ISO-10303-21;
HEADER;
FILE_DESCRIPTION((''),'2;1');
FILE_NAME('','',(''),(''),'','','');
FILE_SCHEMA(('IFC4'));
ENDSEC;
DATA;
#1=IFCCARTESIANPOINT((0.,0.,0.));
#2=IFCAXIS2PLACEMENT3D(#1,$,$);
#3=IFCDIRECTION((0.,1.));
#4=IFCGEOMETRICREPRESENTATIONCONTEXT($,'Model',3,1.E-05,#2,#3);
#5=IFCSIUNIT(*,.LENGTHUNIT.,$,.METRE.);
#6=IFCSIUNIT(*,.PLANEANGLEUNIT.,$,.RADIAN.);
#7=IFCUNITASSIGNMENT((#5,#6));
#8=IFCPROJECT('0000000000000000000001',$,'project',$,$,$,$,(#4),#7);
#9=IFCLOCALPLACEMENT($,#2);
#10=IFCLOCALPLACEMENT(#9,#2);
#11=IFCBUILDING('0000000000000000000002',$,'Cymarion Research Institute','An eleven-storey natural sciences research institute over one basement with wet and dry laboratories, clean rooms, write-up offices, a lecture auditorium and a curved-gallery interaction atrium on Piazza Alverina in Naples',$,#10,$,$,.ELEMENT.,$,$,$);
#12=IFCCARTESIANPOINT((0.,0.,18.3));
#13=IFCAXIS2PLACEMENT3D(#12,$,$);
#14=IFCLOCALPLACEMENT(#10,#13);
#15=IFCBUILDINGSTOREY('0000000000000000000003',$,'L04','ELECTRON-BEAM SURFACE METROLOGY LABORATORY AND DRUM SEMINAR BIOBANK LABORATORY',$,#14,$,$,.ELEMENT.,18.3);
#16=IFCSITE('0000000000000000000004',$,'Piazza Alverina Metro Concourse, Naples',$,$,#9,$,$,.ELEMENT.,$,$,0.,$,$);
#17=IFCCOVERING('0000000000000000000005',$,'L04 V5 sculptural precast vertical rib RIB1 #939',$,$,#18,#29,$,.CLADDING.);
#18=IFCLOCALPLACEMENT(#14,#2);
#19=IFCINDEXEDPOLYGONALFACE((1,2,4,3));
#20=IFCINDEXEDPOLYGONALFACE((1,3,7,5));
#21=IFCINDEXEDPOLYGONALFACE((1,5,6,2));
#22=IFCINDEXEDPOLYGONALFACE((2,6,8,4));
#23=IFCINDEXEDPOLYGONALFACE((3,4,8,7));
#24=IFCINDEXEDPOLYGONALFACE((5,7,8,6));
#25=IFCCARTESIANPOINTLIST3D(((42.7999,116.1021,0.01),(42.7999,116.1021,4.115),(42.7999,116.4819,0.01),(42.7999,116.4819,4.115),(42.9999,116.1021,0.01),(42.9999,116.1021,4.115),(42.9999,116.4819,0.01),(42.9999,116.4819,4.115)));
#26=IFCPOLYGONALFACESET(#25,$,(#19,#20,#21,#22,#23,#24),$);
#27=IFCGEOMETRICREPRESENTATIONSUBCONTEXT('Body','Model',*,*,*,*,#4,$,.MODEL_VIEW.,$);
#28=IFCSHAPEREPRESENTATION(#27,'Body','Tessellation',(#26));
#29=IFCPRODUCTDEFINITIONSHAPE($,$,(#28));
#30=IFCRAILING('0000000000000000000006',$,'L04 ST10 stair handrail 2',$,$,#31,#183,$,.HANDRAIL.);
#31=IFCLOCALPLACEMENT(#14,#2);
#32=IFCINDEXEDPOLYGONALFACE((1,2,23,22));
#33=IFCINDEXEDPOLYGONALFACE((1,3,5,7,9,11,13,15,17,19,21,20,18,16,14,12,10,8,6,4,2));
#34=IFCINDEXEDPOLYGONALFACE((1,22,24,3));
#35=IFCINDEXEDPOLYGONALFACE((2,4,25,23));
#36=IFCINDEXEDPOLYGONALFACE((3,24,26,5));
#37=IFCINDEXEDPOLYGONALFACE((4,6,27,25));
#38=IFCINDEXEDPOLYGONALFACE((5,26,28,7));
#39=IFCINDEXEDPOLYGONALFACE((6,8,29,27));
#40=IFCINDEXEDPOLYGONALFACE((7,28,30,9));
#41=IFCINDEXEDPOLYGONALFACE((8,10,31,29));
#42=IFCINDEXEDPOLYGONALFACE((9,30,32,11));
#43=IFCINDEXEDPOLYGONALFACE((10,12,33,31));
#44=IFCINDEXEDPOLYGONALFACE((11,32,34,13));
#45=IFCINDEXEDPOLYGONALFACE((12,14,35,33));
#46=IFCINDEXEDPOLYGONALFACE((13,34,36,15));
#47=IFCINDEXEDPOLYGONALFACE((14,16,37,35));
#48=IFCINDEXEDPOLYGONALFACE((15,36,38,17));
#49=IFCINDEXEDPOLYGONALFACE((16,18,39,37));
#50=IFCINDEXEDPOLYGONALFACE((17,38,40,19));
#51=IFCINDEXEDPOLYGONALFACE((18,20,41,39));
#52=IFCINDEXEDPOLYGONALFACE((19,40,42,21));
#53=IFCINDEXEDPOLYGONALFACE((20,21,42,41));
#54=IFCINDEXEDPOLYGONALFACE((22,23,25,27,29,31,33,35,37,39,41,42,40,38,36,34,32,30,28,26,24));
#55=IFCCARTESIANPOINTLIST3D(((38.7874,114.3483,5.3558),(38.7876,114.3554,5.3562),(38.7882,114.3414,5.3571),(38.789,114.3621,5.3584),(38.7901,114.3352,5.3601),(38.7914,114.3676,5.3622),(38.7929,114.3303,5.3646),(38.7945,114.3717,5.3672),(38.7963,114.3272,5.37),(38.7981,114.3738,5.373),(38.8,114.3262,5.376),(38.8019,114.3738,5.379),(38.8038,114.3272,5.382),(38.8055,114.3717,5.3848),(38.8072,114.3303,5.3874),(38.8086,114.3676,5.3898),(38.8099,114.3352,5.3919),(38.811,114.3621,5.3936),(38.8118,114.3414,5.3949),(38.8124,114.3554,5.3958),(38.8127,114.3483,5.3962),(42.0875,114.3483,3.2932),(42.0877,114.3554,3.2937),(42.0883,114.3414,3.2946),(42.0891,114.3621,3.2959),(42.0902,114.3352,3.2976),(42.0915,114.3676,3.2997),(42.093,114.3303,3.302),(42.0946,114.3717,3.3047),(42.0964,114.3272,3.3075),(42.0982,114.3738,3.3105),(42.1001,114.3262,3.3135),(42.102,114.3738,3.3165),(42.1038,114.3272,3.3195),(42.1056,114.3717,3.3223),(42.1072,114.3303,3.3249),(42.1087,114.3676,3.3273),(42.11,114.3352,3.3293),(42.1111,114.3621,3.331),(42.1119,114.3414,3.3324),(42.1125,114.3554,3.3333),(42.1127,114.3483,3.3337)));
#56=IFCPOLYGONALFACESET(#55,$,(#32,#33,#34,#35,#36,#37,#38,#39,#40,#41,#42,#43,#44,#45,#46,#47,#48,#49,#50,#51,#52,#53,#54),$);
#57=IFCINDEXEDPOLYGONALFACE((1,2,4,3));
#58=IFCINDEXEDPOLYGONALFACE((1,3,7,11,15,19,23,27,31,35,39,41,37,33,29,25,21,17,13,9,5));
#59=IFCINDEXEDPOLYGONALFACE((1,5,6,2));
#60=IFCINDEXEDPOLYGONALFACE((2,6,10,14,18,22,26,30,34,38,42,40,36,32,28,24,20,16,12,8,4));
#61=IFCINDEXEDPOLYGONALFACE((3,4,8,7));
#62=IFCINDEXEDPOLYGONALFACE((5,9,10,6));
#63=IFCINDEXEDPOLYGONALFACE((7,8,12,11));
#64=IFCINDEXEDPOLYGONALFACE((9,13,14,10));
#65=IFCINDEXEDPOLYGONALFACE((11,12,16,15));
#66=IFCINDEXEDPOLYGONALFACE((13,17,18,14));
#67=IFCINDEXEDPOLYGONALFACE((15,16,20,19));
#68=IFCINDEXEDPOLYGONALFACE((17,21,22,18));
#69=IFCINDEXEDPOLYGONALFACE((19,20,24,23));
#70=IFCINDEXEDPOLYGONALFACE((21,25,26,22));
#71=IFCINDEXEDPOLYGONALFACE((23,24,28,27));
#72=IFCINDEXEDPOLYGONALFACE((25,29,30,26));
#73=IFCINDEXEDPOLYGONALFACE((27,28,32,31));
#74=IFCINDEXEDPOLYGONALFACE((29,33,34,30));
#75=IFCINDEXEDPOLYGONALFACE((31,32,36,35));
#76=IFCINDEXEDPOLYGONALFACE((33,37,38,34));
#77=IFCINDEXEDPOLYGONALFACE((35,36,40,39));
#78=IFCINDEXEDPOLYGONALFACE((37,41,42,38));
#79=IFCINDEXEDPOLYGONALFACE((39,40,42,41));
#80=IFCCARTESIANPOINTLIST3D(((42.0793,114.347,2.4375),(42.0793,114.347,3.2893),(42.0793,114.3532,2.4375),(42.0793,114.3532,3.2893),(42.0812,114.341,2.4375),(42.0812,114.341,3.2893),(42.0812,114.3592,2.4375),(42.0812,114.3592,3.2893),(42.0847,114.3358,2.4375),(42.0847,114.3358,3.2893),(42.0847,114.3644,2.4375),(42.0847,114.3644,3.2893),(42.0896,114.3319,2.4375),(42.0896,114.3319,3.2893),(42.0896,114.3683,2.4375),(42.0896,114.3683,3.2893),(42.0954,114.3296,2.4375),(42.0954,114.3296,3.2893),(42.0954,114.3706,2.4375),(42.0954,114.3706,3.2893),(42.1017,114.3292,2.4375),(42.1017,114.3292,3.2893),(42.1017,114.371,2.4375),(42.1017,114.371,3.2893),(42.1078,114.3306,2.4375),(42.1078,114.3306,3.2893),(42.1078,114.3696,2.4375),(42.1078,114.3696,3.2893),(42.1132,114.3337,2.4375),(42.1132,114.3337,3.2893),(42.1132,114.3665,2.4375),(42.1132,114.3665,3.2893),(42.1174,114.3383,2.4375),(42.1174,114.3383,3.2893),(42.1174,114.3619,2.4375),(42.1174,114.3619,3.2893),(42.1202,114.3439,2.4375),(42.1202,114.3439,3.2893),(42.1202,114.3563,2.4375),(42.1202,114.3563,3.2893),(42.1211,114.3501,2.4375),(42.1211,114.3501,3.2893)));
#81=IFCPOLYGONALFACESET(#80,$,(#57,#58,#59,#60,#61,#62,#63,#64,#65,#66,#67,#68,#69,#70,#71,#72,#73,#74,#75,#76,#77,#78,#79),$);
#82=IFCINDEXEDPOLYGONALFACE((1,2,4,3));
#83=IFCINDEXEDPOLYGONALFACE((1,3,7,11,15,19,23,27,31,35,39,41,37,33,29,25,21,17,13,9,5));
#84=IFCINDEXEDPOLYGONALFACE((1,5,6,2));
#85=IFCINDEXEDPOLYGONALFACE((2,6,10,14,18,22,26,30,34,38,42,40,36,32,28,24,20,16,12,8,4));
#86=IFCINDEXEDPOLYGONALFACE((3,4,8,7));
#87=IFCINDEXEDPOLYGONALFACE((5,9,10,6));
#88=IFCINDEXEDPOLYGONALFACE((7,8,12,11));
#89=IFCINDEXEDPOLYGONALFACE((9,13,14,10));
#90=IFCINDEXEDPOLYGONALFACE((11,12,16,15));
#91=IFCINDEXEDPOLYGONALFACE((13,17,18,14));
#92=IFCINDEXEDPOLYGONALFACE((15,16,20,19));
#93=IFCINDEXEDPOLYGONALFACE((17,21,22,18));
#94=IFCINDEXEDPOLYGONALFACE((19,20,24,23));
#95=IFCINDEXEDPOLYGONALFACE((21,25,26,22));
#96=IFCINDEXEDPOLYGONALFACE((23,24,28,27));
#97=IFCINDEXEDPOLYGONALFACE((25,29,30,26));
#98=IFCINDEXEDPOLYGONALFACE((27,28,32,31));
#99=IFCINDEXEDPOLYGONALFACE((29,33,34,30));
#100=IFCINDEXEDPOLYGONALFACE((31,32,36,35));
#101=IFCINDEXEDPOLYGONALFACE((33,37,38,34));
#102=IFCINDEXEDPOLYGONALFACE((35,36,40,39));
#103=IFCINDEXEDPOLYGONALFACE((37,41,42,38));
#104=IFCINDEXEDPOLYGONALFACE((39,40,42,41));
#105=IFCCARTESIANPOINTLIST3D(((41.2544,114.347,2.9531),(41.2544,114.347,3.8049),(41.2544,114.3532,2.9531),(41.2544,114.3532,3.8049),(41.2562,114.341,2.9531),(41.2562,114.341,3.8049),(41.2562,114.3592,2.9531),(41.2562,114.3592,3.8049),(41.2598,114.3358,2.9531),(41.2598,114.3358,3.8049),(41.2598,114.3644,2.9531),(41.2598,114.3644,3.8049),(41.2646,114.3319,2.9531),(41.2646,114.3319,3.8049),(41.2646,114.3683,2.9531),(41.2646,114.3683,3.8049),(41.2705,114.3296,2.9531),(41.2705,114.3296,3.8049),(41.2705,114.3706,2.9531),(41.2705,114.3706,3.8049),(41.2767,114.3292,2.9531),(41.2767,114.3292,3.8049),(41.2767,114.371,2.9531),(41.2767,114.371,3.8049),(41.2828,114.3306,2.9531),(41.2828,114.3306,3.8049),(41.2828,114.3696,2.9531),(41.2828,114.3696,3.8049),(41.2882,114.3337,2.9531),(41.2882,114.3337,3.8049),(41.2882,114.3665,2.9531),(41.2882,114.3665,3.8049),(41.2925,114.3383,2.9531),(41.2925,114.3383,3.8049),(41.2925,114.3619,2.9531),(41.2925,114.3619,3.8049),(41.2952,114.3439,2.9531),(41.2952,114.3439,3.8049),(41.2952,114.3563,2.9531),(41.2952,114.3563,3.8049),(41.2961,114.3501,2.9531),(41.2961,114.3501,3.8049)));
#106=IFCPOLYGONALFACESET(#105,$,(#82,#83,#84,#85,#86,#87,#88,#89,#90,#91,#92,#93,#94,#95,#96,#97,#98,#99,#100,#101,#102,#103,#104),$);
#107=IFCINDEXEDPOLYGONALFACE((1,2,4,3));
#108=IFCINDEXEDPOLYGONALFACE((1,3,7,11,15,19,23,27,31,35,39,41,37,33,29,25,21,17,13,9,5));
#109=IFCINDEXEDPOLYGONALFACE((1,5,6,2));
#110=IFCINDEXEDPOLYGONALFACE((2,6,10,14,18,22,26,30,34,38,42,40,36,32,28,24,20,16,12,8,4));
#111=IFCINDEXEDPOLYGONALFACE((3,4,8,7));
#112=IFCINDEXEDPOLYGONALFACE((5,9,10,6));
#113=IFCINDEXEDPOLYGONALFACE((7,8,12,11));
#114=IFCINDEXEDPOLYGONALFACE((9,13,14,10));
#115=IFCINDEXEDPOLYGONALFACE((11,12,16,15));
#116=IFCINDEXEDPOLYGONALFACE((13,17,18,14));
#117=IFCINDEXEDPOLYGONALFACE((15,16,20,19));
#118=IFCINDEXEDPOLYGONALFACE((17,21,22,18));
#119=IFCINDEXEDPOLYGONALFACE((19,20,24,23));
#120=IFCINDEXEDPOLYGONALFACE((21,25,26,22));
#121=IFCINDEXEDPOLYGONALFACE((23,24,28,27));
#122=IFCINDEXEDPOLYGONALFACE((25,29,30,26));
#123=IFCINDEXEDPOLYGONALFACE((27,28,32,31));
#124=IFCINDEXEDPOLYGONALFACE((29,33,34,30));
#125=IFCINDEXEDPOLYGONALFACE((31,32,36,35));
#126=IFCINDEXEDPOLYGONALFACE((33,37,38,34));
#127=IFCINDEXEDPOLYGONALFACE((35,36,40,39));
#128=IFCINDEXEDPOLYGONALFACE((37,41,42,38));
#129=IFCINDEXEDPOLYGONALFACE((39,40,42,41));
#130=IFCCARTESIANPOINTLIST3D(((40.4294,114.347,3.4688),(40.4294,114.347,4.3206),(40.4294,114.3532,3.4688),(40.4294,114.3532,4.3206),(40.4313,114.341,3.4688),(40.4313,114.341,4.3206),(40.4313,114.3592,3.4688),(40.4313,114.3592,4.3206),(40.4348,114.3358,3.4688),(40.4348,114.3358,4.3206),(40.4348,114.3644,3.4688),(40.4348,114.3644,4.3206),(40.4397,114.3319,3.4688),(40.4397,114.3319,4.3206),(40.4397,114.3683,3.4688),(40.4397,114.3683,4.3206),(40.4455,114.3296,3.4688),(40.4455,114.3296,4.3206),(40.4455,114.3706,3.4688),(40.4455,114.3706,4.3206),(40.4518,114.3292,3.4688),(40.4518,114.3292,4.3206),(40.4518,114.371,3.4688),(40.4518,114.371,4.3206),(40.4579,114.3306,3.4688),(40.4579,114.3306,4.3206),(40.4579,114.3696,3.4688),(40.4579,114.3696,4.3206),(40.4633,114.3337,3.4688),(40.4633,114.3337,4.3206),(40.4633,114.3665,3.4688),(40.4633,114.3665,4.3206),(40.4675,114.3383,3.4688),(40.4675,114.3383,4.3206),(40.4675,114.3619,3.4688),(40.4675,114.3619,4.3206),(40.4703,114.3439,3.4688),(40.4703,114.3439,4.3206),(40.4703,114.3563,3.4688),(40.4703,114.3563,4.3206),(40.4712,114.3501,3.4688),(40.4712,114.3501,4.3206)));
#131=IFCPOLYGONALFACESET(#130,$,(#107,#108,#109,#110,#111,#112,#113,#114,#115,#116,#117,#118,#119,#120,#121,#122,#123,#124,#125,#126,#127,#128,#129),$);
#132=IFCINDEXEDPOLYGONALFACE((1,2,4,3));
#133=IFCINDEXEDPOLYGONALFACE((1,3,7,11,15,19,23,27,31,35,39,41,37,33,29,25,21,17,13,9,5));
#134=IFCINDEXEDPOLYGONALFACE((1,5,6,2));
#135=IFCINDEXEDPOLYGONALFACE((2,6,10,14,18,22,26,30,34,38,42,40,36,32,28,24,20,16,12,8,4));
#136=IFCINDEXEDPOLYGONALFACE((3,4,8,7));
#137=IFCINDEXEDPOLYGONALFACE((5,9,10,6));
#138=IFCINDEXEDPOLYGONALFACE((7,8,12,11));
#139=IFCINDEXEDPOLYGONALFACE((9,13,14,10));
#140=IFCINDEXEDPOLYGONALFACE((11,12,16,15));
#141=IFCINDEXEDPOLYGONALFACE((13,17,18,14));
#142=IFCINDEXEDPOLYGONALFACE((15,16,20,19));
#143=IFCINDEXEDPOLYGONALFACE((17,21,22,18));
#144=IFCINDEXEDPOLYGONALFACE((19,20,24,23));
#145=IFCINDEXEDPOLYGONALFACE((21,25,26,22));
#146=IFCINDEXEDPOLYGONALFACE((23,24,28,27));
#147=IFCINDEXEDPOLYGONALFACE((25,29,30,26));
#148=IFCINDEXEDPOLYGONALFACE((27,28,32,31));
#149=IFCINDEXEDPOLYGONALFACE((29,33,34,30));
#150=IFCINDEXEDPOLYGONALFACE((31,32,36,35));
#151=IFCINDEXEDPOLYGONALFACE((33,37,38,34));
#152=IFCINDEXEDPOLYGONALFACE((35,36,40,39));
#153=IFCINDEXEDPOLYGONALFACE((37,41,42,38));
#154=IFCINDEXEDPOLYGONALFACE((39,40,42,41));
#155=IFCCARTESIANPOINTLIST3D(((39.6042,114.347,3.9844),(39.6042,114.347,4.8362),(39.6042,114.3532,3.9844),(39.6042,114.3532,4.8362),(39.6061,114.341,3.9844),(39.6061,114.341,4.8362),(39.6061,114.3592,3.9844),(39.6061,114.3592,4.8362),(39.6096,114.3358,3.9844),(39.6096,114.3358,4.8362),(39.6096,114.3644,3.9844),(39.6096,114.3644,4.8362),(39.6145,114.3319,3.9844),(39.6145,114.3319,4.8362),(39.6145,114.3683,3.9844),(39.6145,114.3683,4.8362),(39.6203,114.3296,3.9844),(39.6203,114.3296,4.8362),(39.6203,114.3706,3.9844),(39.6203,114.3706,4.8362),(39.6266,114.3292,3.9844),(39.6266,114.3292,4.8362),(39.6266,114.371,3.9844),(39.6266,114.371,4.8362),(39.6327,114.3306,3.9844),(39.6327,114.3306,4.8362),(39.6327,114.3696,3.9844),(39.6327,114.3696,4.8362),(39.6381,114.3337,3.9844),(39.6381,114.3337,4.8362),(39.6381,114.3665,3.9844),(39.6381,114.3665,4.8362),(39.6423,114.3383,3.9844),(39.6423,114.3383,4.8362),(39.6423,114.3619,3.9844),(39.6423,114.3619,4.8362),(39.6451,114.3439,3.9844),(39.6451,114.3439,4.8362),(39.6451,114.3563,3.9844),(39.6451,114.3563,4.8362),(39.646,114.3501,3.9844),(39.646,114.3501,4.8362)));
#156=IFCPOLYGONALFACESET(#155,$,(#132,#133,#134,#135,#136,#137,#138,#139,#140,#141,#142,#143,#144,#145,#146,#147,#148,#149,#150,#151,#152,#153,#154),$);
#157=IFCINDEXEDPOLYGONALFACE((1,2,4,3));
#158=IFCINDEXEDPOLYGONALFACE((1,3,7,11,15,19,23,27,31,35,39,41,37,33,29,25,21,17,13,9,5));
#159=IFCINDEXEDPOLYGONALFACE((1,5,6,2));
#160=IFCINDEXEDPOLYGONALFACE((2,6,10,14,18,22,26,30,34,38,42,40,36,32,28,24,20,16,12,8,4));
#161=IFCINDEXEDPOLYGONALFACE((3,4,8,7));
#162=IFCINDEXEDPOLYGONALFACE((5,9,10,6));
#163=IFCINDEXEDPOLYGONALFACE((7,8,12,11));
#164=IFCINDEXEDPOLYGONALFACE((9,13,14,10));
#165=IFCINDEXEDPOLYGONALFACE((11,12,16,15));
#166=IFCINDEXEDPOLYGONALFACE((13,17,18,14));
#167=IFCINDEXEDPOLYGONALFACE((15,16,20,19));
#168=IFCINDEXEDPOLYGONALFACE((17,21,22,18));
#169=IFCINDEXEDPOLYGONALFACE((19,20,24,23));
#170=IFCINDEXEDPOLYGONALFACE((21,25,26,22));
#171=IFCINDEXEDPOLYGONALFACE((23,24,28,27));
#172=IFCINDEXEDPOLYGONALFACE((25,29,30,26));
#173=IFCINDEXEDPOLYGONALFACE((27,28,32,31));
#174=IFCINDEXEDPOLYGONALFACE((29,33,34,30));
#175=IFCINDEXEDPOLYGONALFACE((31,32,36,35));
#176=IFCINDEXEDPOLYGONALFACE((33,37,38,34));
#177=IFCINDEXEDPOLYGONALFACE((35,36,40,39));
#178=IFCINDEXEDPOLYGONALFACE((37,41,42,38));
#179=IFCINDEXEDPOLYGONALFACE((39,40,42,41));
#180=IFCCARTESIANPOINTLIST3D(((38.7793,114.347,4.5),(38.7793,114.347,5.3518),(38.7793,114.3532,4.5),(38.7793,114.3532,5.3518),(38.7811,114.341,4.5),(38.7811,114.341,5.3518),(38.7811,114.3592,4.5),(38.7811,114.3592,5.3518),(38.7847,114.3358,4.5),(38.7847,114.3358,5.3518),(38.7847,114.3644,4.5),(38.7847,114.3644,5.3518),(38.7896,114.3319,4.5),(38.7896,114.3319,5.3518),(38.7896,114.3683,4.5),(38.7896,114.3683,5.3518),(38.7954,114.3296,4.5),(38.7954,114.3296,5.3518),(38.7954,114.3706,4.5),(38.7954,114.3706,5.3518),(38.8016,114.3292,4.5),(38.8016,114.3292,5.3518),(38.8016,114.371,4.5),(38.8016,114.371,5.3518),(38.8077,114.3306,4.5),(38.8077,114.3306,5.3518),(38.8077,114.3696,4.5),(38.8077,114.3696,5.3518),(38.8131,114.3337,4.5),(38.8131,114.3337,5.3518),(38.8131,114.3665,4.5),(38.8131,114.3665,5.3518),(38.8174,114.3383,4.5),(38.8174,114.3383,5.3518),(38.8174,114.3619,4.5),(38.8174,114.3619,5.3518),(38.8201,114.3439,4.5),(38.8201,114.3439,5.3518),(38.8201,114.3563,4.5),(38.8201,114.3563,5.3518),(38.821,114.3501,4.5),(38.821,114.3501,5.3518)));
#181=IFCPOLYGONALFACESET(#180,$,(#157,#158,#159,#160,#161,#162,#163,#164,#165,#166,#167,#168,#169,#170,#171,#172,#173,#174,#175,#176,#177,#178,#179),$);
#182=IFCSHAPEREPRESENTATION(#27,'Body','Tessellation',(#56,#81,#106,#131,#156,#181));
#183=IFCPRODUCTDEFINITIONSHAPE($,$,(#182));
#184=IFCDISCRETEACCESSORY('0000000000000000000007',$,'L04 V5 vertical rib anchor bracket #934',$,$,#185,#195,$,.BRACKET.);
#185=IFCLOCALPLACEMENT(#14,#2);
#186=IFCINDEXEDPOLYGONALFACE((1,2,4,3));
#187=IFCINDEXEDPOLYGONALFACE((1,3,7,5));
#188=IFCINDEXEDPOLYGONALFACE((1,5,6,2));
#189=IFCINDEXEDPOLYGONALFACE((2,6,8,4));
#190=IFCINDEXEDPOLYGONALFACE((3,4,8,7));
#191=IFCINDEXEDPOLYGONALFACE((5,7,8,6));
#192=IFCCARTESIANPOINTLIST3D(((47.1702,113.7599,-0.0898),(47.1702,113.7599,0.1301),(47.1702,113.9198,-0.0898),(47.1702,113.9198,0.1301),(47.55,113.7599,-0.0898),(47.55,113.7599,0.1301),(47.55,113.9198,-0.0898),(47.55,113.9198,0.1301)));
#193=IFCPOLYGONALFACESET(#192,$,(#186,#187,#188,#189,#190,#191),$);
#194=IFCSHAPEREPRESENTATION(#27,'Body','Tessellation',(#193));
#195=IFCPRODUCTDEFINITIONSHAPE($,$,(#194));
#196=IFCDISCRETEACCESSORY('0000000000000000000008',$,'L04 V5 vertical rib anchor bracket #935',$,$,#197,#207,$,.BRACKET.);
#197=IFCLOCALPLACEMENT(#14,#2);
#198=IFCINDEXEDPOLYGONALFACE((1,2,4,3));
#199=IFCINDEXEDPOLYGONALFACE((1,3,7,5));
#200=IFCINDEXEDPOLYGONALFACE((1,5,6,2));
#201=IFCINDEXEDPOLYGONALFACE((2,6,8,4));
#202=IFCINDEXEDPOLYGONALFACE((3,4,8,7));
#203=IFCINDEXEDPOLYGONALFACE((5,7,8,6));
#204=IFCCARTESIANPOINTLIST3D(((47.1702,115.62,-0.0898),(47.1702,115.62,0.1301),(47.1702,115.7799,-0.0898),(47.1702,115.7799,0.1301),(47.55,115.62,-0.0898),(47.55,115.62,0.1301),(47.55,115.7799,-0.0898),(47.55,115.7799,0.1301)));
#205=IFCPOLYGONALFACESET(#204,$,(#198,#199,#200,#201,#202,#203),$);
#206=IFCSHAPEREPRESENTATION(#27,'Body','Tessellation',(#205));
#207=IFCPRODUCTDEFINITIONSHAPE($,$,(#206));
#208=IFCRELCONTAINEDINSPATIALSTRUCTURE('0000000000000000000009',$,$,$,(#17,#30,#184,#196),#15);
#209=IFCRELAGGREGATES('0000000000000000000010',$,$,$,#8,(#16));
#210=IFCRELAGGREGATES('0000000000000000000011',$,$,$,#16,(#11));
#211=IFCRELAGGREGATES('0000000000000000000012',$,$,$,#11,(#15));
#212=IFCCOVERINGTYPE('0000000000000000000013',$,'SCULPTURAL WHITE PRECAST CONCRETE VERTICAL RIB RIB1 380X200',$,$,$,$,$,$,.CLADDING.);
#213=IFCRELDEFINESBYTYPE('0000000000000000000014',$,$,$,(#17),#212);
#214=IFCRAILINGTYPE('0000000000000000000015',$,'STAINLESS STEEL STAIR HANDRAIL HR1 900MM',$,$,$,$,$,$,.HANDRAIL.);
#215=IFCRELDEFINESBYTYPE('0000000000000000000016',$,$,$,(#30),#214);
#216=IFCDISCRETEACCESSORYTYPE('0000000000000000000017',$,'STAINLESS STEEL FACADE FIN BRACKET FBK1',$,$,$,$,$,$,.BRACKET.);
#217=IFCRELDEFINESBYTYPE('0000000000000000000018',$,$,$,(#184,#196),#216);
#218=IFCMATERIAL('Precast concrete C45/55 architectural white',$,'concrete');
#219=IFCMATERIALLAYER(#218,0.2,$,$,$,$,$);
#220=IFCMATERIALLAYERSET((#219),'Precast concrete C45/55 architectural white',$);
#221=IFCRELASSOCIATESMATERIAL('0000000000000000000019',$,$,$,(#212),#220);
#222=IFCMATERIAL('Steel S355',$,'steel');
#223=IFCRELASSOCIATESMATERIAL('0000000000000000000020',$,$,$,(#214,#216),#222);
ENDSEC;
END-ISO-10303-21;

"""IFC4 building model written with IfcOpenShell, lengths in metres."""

from ifc_helpers import new_model, si_unit, direction, frame, origin, origin_2d, place, context, subcontext, project, spatial, rectangle, circle, extrude, material, layer, layer_set, type_object, element, save


model = new_model("IFC4")

# Units and contexts
model_context = context("Model", 3, precision=1e-05, world=origin(), true_north=direction((0.0, 1.0)))
body_context = subcontext(model_context, "Body", "Model", "MODEL_VIEW")
ifc_project = project(units=[si_unit("LENGTHUNIT", "METRE"), si_unit("PLANEANGLEUNIT", "RADIAN")], contexts=[model_context])

# Site, building, storey
site_placement = place(None, origin())
site = spatial("IfcSite", under=ifc_project, at=site_placement, Name="Piazza Alverina Metro Concourse, Naples", CompositionType="ELEMENT", RefElevation=0.0)
building_placement = place(site_placement, origin())
building = spatial("IfcBuilding", under=site, at=building_placement, Name="Cymarion Research Institute", Description="An eleven-storey natural sciences research institute over one basement with wet and dry laboratories, clean rooms, write-up offices, a lecture auditorium and a curved-gallery interaction atrium on Piazza Alverina in Naples", CompositionType="ELEMENT")
storey_placement = place(building_placement, frame((0.0, 0.0, 18.3)))
storey = spatial("IfcBuildingStorey", under=building, at=storey_placement, Name="L04", Description="ELECTRON-BEAM SURFACE METROLOGY LABORATORY AND DRUM SEMINAR BIOBANK LABORATORY", CompositionType="ELEMENT", Elevation=18.3)

# Shared definitions
ifc_material_1 = material(Name="Steel S355", Category="steel")

# Covering
ifc_material_2 = material(Name="Precast concrete C45/55 architectural white", Category="concrete")
ifc_layer_1 = layer(ifc_material_2, 0.2)
ifc_layer_set_1 = layer_set([ifc_layer_1], Name="Precast concrete C45/55 architectural white")
covering_type = type_object("IfcCoveringType", Name="SCULPTURAL WHITE PRECAST CONCRETE VERTICAL RIB RIB1 380X200", PredefinedType="CLADDING", material=ifc_layer_set_1)
for number, where, z_axis, x_axis, name in (
    (1, (42.8999, 116.292, 0.01), (0.0, 0.0, 1.0), (0.0, 1.0, 0.0), "L04 V5 sculptural precast vertical rib RIB1 #939"),
):
    element("IfcCovering", number, at=place(storey_placement, frame(where, z_axis=z_axis, x_axis=x_axis)), inside=storey, type_object=covering_type, Name=name, PredefinedType="CLADDING", context=body_context, shape_type="SweptSolid", body=[
        extrude(rectangle(XDim=0.3799, YDim=0.2, at=origin_2d()), origin(), (0.0, 0.0, 1.0), 4.105),
    ])

# Railing
railing_type_1 = type_object("IfcRailingType", Name="STAINLESS STEEL STAIR HANDRAIL HR1 900MM", PredefinedType="HANDRAIL", material=ifc_material_1)
railing_1_placement = place(storey_placement, frame((42.1001, 114.3501, 2.4375)))
element("IfcRailing", 2, at=railing_1_placement, inside=storey, type_object=railing_type_1, Name="L04 ST10 stair handrail 2", PredefinedType="HANDRAIL", context=body_context, shape_type="SweptSolid", body=[
    extrude(circle(Radius=0.0239, at=origin_2d()), frame((0.0, 0.0, 0.876), z_axis=(-0.848002, 0.0, 0.529993), x_axis=(0.0, -1.0, 0.0)), (0.0, 0.0, 1.0), 3.8916),
    extrude(circle(Radius=0.021, at=origin_2d()), origin(), (0.0, 0.0, 1.0), 0.8518),
    extrude(circle(Radius=0.021, at=origin_2d()), frame((-0.825, 0.0, 0.5156)), (0.0, 0.0, 1.0), 0.8518),
    extrude(circle(Radius=0.021, at=origin_2d()), frame((-1.6499, 0.0, 1.0312)), (0.0, 0.0, 1.0), 0.8518),
    extrude(circle(Radius=0.021, at=origin_2d()), frame((-2.4751, 0.0, 1.5469)), (0.0, 0.0, 1.0), 0.8518),
    extrude(circle(Radius=0.021, at=origin_2d()), frame((-3.3, 0.0, 2.0625)), (0.0, 0.0, 1.0), 0.8518),
])

# Discrete accessories
discrete_accessory_type = type_object("IfcDiscreteAccessoryType", Name="STAINLESS STEEL FACADE FIN BRACKET FBK1", PredefinedType="BRACKET", material=ifc_material_1)
for number, where, z_axis, x_axis, name in (
    (3, (47.3601, 113.8398, -0.0898), (0.0, 0.0, 1.0), (1.0, 0.0, 0.0), "L04 V5 vertical rib anchor bracket #934"),
    (4, (47.3601, 115.7, -0.0898), (0.0, 0.0, 1.0), (1.0, 0.0, 0.0), "L04 V5 vertical rib anchor bracket #935"),
):
    element("IfcDiscreteAccessory", number, at=place(storey_placement, frame(where, z_axis=z_axis, x_axis=x_axis)), inside=storey, type_object=discrete_accessory_type, Name=name, PredefinedType="BRACKET", context=body_context, shape_type="SweptSolid", body=[
        extrude(rectangle(XDim=0.3799, YDim=0.1599, at=origin_2d()), origin(), (0.0, 0.0, 1.0), 0.22),
    ])

save(model, "model.ifc")
